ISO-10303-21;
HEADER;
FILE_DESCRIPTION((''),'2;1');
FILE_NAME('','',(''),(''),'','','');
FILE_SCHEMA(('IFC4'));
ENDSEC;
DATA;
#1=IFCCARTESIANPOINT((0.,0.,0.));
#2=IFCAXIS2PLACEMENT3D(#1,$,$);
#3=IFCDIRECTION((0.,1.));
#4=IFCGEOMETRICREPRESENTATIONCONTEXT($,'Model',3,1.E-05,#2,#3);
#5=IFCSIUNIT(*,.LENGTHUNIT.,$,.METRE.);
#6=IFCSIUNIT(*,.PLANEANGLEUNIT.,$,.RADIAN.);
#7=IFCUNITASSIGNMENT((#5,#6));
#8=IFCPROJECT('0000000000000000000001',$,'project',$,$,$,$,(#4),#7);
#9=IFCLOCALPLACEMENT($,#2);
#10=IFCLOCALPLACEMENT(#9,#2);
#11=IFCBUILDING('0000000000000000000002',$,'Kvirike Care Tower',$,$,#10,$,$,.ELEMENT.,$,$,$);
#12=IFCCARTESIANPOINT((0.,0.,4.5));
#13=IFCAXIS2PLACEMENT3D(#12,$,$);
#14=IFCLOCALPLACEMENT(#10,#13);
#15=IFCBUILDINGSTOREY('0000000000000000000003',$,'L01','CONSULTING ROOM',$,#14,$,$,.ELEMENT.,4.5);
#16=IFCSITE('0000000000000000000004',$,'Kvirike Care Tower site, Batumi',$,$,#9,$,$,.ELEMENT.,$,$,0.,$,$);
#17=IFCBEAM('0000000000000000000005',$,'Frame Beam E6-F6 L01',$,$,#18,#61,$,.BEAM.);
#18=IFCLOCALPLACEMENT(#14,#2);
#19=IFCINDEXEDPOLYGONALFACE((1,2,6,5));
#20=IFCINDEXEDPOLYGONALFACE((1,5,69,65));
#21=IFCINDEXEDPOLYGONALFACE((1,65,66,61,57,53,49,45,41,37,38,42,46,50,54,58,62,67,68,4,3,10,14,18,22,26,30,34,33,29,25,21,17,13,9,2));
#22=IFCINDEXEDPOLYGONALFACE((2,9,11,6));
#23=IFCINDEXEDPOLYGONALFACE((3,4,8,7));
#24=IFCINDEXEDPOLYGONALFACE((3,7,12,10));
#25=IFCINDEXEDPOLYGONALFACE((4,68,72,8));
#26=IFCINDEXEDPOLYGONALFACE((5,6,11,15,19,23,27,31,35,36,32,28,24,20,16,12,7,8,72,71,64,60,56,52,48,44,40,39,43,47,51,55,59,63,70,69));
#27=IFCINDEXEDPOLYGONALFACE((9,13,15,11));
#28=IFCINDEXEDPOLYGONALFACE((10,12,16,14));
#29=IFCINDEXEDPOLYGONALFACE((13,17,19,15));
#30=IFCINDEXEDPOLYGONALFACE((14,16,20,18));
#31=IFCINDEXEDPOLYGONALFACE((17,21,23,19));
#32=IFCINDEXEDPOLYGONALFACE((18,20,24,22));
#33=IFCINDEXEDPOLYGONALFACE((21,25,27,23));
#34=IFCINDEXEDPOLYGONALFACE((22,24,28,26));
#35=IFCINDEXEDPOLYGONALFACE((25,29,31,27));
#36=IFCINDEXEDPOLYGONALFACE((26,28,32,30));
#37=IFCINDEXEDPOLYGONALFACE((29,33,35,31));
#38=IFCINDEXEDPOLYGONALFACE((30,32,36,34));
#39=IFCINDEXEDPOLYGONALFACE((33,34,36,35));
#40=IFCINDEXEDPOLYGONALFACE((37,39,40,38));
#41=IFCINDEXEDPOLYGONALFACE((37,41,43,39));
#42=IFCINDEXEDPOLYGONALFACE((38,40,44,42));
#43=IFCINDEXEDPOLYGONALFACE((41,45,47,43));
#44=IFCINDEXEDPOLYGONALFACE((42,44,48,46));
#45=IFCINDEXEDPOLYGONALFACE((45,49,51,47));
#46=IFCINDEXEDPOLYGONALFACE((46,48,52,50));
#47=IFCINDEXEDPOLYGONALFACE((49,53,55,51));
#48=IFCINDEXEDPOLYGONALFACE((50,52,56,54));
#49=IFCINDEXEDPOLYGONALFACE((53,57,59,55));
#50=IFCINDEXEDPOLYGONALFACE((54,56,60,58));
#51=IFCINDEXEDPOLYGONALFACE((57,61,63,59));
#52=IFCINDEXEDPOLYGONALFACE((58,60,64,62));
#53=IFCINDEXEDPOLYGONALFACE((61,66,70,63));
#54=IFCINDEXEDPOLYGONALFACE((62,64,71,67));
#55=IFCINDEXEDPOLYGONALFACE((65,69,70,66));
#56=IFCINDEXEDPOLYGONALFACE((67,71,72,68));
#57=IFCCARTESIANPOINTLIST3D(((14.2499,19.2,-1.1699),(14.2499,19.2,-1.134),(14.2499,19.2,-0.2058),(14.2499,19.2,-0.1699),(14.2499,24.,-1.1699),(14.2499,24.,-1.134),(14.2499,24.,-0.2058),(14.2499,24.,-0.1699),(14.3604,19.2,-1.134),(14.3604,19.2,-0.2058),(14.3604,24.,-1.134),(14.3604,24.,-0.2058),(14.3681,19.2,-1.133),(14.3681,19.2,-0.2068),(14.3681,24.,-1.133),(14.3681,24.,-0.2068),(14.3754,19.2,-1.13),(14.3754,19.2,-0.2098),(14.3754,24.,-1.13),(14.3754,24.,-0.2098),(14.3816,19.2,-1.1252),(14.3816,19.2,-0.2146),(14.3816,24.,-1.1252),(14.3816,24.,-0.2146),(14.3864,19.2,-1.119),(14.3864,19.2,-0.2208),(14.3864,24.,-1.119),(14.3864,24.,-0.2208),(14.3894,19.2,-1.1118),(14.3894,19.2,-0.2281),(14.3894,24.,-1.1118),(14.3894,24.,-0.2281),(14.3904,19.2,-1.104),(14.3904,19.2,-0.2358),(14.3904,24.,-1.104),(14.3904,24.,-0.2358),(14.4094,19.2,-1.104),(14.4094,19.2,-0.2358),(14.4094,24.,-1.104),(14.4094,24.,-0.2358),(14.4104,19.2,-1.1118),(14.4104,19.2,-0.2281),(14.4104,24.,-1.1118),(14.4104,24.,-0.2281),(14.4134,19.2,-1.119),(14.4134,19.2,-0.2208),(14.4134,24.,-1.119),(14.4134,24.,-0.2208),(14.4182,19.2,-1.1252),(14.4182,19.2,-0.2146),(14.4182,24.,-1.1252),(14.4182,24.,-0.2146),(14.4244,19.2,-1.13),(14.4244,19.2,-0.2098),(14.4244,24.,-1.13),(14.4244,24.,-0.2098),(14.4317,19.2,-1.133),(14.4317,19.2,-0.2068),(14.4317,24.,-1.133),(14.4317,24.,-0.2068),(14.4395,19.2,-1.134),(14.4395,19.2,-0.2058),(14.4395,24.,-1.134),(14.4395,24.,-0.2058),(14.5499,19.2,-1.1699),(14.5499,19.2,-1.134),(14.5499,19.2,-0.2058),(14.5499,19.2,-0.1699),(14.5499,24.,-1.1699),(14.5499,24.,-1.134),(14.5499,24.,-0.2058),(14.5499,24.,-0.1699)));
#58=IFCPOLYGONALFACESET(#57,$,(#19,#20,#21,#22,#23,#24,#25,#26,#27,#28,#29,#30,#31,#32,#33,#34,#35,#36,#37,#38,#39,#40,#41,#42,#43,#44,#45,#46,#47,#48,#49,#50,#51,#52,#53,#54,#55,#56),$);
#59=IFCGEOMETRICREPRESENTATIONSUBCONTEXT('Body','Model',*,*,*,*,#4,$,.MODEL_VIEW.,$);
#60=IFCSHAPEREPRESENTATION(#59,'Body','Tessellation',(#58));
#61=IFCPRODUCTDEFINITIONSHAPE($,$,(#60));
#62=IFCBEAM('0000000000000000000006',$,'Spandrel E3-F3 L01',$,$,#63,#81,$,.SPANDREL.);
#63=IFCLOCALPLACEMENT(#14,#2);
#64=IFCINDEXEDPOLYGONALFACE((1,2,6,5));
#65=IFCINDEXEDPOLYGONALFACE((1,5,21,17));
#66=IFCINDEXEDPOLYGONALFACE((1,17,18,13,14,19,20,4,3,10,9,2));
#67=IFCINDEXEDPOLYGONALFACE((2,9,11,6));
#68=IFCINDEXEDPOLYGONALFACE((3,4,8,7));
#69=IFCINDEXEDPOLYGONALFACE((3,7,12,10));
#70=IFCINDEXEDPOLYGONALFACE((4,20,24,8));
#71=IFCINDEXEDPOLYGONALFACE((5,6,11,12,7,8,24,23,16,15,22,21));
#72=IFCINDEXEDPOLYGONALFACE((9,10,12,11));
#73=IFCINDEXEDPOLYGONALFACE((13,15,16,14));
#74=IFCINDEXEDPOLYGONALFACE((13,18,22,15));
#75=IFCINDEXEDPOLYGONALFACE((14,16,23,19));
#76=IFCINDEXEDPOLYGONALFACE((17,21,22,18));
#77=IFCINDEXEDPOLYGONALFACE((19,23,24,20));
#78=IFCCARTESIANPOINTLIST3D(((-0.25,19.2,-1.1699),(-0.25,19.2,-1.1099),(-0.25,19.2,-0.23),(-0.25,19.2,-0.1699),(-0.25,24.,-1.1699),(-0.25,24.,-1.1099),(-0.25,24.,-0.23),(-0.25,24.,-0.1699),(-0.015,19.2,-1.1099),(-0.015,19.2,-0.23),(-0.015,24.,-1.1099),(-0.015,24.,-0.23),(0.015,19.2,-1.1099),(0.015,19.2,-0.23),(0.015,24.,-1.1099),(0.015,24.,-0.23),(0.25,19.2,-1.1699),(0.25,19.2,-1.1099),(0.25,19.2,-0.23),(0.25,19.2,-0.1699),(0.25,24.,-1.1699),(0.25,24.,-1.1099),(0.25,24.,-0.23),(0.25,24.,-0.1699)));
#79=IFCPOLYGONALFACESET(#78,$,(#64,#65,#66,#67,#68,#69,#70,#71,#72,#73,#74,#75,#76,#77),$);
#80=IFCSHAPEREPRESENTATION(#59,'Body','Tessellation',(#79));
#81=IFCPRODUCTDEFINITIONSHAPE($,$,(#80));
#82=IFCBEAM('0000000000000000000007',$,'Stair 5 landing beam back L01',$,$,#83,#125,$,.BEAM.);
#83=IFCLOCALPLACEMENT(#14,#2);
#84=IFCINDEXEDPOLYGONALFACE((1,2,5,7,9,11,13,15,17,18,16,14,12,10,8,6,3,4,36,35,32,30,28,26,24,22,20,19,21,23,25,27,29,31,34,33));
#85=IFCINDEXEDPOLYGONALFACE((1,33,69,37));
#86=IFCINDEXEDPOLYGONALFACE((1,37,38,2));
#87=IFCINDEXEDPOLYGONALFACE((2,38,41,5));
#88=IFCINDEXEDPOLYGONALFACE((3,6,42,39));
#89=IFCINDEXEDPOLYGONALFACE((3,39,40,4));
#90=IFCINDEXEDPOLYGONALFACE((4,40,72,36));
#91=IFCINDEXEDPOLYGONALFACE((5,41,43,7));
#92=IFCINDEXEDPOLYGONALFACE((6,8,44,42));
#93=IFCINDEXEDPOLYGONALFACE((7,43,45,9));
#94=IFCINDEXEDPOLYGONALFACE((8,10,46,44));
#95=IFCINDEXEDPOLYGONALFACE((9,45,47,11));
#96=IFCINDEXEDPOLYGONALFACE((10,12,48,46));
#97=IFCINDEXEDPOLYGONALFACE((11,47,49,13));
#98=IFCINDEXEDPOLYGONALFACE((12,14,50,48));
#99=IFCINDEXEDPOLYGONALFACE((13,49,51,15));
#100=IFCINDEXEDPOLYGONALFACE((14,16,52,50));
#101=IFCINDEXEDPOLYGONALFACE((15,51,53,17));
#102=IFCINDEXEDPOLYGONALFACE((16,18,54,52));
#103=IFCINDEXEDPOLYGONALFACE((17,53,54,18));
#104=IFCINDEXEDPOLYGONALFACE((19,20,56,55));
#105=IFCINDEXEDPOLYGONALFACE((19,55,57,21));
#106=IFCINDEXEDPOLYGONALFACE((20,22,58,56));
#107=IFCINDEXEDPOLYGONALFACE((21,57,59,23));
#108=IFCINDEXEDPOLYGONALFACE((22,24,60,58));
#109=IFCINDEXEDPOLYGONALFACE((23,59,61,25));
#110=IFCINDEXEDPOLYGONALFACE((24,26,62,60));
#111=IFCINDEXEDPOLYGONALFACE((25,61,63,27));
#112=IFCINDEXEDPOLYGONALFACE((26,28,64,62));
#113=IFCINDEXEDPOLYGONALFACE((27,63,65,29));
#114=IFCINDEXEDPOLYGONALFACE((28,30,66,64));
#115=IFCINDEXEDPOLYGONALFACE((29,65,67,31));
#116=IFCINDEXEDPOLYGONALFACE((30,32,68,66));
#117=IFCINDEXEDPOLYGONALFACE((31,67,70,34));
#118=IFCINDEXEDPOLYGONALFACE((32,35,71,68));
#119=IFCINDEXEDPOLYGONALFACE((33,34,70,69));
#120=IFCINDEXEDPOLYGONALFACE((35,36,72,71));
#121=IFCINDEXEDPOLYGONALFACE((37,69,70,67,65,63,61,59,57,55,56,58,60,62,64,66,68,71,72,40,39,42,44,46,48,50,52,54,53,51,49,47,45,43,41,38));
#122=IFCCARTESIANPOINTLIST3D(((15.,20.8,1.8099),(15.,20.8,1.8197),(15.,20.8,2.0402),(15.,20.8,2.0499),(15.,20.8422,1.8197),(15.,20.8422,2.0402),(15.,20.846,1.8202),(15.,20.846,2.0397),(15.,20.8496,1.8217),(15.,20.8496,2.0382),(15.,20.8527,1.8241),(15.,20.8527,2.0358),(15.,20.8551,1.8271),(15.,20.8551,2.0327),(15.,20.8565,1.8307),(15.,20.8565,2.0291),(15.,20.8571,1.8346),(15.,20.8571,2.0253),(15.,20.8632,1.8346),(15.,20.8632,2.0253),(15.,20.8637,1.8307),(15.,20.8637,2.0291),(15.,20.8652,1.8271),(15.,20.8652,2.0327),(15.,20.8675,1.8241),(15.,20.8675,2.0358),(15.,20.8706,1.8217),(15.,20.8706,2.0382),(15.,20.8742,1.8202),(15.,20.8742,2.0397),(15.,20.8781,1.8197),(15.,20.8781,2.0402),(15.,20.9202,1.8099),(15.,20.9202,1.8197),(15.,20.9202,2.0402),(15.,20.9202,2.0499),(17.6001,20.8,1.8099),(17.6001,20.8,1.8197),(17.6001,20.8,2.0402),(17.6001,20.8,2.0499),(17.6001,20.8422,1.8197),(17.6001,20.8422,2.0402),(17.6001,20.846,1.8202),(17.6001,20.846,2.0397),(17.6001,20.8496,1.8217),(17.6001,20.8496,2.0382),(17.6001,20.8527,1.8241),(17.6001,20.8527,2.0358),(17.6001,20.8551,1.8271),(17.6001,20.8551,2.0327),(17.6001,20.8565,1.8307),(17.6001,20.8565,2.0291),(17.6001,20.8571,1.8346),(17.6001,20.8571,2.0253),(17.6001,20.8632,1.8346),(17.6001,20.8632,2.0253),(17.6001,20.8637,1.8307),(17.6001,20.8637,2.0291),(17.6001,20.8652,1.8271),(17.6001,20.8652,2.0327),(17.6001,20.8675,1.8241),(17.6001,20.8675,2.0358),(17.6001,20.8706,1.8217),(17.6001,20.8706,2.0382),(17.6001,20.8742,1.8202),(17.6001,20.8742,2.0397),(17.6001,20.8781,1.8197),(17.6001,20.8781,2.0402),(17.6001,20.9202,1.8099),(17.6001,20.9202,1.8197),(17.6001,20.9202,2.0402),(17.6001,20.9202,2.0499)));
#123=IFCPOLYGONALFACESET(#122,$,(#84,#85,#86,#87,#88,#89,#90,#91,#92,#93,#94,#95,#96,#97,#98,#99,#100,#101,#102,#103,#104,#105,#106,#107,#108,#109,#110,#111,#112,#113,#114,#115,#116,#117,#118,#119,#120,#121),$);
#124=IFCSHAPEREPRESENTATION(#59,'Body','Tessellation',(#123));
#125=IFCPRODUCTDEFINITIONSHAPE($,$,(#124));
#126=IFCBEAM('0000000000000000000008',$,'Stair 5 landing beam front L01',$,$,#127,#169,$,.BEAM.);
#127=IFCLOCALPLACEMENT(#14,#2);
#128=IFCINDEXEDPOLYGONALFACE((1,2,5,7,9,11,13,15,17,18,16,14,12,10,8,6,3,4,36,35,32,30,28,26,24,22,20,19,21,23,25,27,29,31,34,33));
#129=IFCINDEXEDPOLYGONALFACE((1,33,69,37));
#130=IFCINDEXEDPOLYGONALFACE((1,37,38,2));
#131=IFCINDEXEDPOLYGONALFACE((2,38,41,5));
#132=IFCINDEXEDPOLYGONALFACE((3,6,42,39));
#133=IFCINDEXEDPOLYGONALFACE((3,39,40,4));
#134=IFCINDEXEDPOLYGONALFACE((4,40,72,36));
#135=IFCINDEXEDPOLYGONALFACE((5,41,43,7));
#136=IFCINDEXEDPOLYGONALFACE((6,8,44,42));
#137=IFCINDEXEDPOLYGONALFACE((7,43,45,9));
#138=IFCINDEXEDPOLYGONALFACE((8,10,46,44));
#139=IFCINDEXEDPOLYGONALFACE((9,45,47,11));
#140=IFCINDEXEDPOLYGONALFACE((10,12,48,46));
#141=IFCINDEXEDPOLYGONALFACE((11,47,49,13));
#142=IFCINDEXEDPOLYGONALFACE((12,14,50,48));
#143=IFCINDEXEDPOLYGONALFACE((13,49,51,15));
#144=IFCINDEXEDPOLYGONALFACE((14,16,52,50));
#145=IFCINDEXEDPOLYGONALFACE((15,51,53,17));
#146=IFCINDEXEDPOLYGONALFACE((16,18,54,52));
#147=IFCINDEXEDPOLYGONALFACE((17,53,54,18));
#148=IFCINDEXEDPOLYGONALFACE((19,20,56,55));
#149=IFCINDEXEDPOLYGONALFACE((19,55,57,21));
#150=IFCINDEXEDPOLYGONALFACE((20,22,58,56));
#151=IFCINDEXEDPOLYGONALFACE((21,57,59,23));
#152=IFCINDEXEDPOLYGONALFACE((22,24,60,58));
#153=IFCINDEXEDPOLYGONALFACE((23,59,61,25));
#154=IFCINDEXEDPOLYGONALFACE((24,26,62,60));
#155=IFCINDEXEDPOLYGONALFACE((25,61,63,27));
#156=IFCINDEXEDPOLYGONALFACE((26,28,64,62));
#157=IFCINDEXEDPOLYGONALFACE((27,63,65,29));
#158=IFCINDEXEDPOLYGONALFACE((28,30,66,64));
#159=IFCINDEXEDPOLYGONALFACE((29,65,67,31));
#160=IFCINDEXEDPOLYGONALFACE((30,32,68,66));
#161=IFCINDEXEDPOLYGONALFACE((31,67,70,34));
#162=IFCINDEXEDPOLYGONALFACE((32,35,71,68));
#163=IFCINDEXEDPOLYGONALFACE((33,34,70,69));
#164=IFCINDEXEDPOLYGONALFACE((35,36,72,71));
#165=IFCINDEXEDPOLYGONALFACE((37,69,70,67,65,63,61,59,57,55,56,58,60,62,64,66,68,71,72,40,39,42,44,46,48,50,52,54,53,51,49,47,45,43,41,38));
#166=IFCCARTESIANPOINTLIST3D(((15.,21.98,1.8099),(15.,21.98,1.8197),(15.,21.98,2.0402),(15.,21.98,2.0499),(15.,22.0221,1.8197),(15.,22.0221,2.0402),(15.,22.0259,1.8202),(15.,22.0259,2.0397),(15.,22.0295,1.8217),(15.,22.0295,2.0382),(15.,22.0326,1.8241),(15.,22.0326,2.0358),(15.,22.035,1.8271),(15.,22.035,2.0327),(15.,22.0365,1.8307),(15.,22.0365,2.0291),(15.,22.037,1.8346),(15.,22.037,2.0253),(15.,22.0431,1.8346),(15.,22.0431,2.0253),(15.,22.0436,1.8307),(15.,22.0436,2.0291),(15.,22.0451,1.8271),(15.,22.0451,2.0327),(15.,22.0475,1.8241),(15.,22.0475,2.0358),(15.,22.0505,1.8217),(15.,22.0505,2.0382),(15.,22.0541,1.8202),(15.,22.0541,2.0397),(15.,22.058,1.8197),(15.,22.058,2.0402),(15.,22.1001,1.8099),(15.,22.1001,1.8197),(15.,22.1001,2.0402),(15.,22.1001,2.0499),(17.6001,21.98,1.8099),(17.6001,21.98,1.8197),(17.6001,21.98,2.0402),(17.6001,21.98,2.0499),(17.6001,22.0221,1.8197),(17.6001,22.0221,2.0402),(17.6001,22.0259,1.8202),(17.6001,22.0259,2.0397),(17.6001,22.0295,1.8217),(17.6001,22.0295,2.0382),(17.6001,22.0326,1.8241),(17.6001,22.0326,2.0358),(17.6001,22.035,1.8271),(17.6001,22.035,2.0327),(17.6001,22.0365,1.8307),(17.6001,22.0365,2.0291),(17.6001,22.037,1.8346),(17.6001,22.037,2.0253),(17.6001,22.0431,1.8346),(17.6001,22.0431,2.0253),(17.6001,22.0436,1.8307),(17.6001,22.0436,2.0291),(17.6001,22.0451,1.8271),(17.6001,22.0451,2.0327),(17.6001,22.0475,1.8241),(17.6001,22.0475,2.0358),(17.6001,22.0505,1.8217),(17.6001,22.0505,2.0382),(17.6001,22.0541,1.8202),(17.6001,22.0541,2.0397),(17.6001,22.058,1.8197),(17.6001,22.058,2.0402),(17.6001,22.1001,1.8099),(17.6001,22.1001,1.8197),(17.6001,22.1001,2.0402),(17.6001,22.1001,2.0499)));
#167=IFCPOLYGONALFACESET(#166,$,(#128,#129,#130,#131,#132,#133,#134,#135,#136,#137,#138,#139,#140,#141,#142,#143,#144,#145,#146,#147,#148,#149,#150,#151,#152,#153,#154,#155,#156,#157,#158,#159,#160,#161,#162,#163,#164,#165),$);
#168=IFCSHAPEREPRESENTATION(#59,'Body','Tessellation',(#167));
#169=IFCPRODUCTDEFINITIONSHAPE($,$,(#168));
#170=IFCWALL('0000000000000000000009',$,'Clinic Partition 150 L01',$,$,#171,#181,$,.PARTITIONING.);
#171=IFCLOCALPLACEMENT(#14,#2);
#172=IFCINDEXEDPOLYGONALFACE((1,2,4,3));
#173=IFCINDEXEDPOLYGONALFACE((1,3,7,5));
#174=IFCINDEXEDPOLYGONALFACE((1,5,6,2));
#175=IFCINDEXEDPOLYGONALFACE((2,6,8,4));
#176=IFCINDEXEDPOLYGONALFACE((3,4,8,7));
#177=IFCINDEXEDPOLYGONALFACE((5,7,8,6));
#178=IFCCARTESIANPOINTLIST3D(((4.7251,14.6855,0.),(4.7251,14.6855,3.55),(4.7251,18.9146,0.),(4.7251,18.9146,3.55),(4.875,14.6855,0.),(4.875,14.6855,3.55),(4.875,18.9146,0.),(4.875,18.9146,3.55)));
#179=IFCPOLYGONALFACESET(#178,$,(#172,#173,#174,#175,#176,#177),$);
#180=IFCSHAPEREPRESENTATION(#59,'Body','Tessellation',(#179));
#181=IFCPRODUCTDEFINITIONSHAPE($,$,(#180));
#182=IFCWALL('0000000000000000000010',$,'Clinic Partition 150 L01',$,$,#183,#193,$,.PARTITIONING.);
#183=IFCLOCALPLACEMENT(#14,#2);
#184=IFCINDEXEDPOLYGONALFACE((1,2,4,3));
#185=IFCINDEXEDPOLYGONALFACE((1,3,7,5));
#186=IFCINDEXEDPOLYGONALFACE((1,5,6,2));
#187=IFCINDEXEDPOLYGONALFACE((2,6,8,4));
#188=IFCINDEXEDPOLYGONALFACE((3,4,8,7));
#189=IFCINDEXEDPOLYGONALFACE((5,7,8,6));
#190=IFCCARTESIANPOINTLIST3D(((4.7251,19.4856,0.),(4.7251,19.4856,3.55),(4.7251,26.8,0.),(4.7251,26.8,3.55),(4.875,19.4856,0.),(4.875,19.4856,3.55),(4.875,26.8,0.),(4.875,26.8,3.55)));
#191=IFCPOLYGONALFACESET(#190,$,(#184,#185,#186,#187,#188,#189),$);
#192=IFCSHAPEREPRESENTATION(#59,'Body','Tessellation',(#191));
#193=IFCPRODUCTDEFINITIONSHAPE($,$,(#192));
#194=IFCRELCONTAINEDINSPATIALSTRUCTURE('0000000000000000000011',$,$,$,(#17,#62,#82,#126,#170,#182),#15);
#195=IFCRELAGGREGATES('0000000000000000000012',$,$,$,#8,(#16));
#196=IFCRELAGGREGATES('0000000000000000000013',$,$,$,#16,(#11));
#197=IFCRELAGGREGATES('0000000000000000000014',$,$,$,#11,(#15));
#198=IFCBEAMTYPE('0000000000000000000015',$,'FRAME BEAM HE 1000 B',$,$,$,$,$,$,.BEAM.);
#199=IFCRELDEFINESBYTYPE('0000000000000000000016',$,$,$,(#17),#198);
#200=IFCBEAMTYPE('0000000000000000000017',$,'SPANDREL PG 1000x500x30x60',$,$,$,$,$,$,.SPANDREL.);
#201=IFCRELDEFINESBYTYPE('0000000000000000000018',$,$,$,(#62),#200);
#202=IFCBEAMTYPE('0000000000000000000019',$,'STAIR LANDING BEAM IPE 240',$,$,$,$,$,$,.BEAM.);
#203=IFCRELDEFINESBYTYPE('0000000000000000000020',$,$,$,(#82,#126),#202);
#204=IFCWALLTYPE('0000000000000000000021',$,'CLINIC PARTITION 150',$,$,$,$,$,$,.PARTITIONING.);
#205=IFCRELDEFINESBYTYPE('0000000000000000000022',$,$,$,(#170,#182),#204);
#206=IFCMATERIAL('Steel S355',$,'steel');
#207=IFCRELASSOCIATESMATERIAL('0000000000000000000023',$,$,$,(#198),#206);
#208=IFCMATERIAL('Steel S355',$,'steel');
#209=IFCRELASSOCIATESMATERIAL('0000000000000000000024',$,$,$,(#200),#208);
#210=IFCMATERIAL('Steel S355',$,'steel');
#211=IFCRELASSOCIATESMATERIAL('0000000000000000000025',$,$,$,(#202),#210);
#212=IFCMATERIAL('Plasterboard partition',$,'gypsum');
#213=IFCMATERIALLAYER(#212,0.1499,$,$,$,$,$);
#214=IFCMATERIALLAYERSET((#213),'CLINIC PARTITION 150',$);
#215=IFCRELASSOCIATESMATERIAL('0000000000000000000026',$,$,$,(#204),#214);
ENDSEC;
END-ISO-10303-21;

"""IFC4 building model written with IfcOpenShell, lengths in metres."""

from ifc_helpers import new_model, si_unit, direction, frame, frame_2d, origin, origin_2d, place, context, subcontext, project, spatial, rectangle, i_section, extrude, material, layer, layer_set, material_profile, profile_set, type_object, element, save


model = new_model("IFC4")

# Units and contexts
model_context = context("Model", 3, precision=1e-05, world=origin(), true_north=direction((0.0, 1.0)))
body_context = subcontext(model_context, "Body", "Model", "MODEL_VIEW")
ifc_project = project(units=[si_unit("LENGTHUNIT", "METRE"), si_unit("PLANEANGLEUNIT", "RADIAN")], contexts=[model_context])

# Site, building, storey
site_placement = place(None, origin())
site = spatial("IfcSite", under=ifc_project, at=site_placement, Name="Kvirike Care Tower site, Batumi", CompositionType="ELEMENT", RefElevation=0.0)
building_placement = place(site_placement, origin())
building = spatial("IfcBuilding", under=site, at=building_placement, Name="Kvirike Care Tower", CompositionType="ELEMENT")
storey_placement = place(building_placement, frame((0.0, 0.0, 4.5)))
storey = spatial("IfcBuildingStorey", under=building, at=storey_placement, Name="L01", Description="CONSULTING ROOM", CompositionType="ELEMENT", Elevation=4.5)

# Beams
ifc_material_1 = material(Name="Steel S355", Category="steel")
ifc_material_profile_1 = material_profile(ifc_material_1, i_section(OverallWidth=0.3, OverallDepth=1.0, WebThickness=0.019, FlangeThickness=0.0359, FilletRadius=0.03, at=origin_2d()), Name="HE 1000 B")
ifc_profile_set_1 = profile_set([ifc_material_profile_1], Name="Steel S355")
beam_type_1 = type_object("IfcBeamType", Name="FRAME BEAM HE 1000 B", PredefinedType="BEAM", material=ifc_profile_set_1)
for number, where, z_axis, x_axis, name in (
    (1, (14.3999, 19.2, -0.6699), (0.0, 1.0, 0.0), (-1.0, 0.0, 0.0), "Frame Beam E6-F6 L01"),
):
    element("IfcBeam", number, at=place(storey_placement, frame(where, z_axis=z_axis, x_axis=x_axis)), inside=storey, type_object=beam_type_1, Name=name, PredefinedType="BEAM", context=body_context, shape_type="SweptSolid", body=[
        extrude(i_section(OverallWidth=0.3, OverallDepth=1.0, WebThickness=0.019, FlangeThickness=0.0359, FilletRadius=0.03, at=origin_2d()), origin(), (0.0, 0.0, 1.0), 4.8),
    ])
ifc_material_2 = material(Name="Steel S355", Category="steel")
ifc_material_profile_2 = material_profile(ifc_material_2, i_section(OverallWidth=0.5, OverallDepth=1.0, WebThickness=0.03, FlangeThickness=0.0601, at=origin_2d()), Name="PG 1000x500x30x60")
ifc_profile_set_2 = profile_set([ifc_material_profile_2], Name="Steel S355")
beam_type_2 = type_object("IfcBeamType", Name="SPANDREL PG 1000x500x30x60", PredefinedType="SPANDREL", material=ifc_profile_set_2)
beam_1_placement = place(storey_placement, frame((0.0, 19.2, -0.6699), z_axis=(0.0, 1.0, 0.0), x_axis=(-1.0, 0.0, 0.0)))
element("IfcBeam", 2, at=beam_1_placement, inside=storey, type_object=beam_type_2, Name="Spandrel E3-F3 L01", PredefinedType="SPANDREL", context=body_context, shape_type="SweptSolid", body=[
    extrude(i_section(OverallWidth=0.5, OverallDepth=1.0, WebThickness=0.03, FlangeThickness=0.0601, at=origin_2d()), origin(), (0.0, 0.0, 1.0), 4.8),
])
ifc_material_3 = material(Name="Steel S355", Category="steel")
ifc_material_profile_3 = material_profile(ifc_material_3, i_section(OverallWidth=0.1201, OverallDepth=0.24, WebThickness=0.0061, FlangeThickness=0.0098, FilletRadius=0.0149, at=origin_2d()), Name="IPE 240")
ifc_profile_set_3 = profile_set([ifc_material_profile_3], Name="Steel S355")
beam_type_3 = type_object("IfcBeamType", Name="STAIR LANDING BEAM IPE 240", PredefinedType="BEAM", material=ifc_profile_set_3)
for number, where, z_axis, x_axis, name in (
    (3, (15.0, 20.8601, 1.9299), (1.0, 0.0, 0.0), (0.0, 1.0, 0.0), "Stair 5 landing beam back L01"),
    (4, (15.0, 22.04, 1.9299), (1.0, 0.0, 0.0), (0.0, 1.0, 0.0), "Stair 5 landing beam front L01"),
):
    element("IfcBeam", number, at=place(storey_placement, frame(where, z_axis=z_axis, x_axis=x_axis)), inside=storey, type_object=beam_type_3, Name=name, PredefinedType="BEAM", context=body_context, shape_type="SweptSolid", body=[
        extrude(i_section(OverallWidth=0.1201, OverallDepth=0.24, WebThickness=0.0061, FlangeThickness=0.0098, FilletRadius=0.0149, at=origin_2d()), origin(), (0.0, 0.0, 1.0), 2.6001),
    ])

# Walls
ifc_material_4 = material(Name="Plasterboard partition", Category="gypsum")
ifc_layer_1 = layer(ifc_material_4, 0.1499)
ifc_layer_set_1 = layer_set([ifc_layer_1], Name="CLINIC PARTITION 150")
wall_type_1 = type_object("IfcWallType", Name="CLINIC PARTITION 150", PredefinedType="PARTITIONING", material=ifc_layer_set_1)
wall_1_placement = place(storey_placement, frame((4.8, 14.6855, 0.0), z_axis=(0.0, 0.0, 1.0), x_axis=(0.0, 1.0, 0.0)))
element("IfcWall", 5, at=wall_1_placement, inside=storey, type_object=wall_type_1, Name="Clinic Partition 150 L01", PredefinedType="PARTITIONING", context=body_context, shape_type="SweptSolid", body=[
    extrude(rectangle(XDim=4.229, YDim=0.1499, at=frame_2d((2.1145, 0.0))), origin(), (0.0, 0.0, 1.0), 3.55),
])
wall_2_placement = place(storey_placement, frame((4.8, 19.4856, 0.0), z_axis=(0.0, 0.0, 1.0), x_axis=(0.0, 1.0, 0.0)))
element("IfcWall", 6, at=wall_2_placement, inside=storey, type_object=wall_type_1, Name="Clinic Partition 150 L01", PredefinedType="PARTITIONING", context=body_context, shape_type="SweptSolid", body=[
    extrude(rectangle(XDim=7.3145, YDim=0.1499, at=frame_2d((3.6572, 0.0))), origin(), (0.0, 0.0, 1.0), 3.55),
])

save(model, "model.ifc")
